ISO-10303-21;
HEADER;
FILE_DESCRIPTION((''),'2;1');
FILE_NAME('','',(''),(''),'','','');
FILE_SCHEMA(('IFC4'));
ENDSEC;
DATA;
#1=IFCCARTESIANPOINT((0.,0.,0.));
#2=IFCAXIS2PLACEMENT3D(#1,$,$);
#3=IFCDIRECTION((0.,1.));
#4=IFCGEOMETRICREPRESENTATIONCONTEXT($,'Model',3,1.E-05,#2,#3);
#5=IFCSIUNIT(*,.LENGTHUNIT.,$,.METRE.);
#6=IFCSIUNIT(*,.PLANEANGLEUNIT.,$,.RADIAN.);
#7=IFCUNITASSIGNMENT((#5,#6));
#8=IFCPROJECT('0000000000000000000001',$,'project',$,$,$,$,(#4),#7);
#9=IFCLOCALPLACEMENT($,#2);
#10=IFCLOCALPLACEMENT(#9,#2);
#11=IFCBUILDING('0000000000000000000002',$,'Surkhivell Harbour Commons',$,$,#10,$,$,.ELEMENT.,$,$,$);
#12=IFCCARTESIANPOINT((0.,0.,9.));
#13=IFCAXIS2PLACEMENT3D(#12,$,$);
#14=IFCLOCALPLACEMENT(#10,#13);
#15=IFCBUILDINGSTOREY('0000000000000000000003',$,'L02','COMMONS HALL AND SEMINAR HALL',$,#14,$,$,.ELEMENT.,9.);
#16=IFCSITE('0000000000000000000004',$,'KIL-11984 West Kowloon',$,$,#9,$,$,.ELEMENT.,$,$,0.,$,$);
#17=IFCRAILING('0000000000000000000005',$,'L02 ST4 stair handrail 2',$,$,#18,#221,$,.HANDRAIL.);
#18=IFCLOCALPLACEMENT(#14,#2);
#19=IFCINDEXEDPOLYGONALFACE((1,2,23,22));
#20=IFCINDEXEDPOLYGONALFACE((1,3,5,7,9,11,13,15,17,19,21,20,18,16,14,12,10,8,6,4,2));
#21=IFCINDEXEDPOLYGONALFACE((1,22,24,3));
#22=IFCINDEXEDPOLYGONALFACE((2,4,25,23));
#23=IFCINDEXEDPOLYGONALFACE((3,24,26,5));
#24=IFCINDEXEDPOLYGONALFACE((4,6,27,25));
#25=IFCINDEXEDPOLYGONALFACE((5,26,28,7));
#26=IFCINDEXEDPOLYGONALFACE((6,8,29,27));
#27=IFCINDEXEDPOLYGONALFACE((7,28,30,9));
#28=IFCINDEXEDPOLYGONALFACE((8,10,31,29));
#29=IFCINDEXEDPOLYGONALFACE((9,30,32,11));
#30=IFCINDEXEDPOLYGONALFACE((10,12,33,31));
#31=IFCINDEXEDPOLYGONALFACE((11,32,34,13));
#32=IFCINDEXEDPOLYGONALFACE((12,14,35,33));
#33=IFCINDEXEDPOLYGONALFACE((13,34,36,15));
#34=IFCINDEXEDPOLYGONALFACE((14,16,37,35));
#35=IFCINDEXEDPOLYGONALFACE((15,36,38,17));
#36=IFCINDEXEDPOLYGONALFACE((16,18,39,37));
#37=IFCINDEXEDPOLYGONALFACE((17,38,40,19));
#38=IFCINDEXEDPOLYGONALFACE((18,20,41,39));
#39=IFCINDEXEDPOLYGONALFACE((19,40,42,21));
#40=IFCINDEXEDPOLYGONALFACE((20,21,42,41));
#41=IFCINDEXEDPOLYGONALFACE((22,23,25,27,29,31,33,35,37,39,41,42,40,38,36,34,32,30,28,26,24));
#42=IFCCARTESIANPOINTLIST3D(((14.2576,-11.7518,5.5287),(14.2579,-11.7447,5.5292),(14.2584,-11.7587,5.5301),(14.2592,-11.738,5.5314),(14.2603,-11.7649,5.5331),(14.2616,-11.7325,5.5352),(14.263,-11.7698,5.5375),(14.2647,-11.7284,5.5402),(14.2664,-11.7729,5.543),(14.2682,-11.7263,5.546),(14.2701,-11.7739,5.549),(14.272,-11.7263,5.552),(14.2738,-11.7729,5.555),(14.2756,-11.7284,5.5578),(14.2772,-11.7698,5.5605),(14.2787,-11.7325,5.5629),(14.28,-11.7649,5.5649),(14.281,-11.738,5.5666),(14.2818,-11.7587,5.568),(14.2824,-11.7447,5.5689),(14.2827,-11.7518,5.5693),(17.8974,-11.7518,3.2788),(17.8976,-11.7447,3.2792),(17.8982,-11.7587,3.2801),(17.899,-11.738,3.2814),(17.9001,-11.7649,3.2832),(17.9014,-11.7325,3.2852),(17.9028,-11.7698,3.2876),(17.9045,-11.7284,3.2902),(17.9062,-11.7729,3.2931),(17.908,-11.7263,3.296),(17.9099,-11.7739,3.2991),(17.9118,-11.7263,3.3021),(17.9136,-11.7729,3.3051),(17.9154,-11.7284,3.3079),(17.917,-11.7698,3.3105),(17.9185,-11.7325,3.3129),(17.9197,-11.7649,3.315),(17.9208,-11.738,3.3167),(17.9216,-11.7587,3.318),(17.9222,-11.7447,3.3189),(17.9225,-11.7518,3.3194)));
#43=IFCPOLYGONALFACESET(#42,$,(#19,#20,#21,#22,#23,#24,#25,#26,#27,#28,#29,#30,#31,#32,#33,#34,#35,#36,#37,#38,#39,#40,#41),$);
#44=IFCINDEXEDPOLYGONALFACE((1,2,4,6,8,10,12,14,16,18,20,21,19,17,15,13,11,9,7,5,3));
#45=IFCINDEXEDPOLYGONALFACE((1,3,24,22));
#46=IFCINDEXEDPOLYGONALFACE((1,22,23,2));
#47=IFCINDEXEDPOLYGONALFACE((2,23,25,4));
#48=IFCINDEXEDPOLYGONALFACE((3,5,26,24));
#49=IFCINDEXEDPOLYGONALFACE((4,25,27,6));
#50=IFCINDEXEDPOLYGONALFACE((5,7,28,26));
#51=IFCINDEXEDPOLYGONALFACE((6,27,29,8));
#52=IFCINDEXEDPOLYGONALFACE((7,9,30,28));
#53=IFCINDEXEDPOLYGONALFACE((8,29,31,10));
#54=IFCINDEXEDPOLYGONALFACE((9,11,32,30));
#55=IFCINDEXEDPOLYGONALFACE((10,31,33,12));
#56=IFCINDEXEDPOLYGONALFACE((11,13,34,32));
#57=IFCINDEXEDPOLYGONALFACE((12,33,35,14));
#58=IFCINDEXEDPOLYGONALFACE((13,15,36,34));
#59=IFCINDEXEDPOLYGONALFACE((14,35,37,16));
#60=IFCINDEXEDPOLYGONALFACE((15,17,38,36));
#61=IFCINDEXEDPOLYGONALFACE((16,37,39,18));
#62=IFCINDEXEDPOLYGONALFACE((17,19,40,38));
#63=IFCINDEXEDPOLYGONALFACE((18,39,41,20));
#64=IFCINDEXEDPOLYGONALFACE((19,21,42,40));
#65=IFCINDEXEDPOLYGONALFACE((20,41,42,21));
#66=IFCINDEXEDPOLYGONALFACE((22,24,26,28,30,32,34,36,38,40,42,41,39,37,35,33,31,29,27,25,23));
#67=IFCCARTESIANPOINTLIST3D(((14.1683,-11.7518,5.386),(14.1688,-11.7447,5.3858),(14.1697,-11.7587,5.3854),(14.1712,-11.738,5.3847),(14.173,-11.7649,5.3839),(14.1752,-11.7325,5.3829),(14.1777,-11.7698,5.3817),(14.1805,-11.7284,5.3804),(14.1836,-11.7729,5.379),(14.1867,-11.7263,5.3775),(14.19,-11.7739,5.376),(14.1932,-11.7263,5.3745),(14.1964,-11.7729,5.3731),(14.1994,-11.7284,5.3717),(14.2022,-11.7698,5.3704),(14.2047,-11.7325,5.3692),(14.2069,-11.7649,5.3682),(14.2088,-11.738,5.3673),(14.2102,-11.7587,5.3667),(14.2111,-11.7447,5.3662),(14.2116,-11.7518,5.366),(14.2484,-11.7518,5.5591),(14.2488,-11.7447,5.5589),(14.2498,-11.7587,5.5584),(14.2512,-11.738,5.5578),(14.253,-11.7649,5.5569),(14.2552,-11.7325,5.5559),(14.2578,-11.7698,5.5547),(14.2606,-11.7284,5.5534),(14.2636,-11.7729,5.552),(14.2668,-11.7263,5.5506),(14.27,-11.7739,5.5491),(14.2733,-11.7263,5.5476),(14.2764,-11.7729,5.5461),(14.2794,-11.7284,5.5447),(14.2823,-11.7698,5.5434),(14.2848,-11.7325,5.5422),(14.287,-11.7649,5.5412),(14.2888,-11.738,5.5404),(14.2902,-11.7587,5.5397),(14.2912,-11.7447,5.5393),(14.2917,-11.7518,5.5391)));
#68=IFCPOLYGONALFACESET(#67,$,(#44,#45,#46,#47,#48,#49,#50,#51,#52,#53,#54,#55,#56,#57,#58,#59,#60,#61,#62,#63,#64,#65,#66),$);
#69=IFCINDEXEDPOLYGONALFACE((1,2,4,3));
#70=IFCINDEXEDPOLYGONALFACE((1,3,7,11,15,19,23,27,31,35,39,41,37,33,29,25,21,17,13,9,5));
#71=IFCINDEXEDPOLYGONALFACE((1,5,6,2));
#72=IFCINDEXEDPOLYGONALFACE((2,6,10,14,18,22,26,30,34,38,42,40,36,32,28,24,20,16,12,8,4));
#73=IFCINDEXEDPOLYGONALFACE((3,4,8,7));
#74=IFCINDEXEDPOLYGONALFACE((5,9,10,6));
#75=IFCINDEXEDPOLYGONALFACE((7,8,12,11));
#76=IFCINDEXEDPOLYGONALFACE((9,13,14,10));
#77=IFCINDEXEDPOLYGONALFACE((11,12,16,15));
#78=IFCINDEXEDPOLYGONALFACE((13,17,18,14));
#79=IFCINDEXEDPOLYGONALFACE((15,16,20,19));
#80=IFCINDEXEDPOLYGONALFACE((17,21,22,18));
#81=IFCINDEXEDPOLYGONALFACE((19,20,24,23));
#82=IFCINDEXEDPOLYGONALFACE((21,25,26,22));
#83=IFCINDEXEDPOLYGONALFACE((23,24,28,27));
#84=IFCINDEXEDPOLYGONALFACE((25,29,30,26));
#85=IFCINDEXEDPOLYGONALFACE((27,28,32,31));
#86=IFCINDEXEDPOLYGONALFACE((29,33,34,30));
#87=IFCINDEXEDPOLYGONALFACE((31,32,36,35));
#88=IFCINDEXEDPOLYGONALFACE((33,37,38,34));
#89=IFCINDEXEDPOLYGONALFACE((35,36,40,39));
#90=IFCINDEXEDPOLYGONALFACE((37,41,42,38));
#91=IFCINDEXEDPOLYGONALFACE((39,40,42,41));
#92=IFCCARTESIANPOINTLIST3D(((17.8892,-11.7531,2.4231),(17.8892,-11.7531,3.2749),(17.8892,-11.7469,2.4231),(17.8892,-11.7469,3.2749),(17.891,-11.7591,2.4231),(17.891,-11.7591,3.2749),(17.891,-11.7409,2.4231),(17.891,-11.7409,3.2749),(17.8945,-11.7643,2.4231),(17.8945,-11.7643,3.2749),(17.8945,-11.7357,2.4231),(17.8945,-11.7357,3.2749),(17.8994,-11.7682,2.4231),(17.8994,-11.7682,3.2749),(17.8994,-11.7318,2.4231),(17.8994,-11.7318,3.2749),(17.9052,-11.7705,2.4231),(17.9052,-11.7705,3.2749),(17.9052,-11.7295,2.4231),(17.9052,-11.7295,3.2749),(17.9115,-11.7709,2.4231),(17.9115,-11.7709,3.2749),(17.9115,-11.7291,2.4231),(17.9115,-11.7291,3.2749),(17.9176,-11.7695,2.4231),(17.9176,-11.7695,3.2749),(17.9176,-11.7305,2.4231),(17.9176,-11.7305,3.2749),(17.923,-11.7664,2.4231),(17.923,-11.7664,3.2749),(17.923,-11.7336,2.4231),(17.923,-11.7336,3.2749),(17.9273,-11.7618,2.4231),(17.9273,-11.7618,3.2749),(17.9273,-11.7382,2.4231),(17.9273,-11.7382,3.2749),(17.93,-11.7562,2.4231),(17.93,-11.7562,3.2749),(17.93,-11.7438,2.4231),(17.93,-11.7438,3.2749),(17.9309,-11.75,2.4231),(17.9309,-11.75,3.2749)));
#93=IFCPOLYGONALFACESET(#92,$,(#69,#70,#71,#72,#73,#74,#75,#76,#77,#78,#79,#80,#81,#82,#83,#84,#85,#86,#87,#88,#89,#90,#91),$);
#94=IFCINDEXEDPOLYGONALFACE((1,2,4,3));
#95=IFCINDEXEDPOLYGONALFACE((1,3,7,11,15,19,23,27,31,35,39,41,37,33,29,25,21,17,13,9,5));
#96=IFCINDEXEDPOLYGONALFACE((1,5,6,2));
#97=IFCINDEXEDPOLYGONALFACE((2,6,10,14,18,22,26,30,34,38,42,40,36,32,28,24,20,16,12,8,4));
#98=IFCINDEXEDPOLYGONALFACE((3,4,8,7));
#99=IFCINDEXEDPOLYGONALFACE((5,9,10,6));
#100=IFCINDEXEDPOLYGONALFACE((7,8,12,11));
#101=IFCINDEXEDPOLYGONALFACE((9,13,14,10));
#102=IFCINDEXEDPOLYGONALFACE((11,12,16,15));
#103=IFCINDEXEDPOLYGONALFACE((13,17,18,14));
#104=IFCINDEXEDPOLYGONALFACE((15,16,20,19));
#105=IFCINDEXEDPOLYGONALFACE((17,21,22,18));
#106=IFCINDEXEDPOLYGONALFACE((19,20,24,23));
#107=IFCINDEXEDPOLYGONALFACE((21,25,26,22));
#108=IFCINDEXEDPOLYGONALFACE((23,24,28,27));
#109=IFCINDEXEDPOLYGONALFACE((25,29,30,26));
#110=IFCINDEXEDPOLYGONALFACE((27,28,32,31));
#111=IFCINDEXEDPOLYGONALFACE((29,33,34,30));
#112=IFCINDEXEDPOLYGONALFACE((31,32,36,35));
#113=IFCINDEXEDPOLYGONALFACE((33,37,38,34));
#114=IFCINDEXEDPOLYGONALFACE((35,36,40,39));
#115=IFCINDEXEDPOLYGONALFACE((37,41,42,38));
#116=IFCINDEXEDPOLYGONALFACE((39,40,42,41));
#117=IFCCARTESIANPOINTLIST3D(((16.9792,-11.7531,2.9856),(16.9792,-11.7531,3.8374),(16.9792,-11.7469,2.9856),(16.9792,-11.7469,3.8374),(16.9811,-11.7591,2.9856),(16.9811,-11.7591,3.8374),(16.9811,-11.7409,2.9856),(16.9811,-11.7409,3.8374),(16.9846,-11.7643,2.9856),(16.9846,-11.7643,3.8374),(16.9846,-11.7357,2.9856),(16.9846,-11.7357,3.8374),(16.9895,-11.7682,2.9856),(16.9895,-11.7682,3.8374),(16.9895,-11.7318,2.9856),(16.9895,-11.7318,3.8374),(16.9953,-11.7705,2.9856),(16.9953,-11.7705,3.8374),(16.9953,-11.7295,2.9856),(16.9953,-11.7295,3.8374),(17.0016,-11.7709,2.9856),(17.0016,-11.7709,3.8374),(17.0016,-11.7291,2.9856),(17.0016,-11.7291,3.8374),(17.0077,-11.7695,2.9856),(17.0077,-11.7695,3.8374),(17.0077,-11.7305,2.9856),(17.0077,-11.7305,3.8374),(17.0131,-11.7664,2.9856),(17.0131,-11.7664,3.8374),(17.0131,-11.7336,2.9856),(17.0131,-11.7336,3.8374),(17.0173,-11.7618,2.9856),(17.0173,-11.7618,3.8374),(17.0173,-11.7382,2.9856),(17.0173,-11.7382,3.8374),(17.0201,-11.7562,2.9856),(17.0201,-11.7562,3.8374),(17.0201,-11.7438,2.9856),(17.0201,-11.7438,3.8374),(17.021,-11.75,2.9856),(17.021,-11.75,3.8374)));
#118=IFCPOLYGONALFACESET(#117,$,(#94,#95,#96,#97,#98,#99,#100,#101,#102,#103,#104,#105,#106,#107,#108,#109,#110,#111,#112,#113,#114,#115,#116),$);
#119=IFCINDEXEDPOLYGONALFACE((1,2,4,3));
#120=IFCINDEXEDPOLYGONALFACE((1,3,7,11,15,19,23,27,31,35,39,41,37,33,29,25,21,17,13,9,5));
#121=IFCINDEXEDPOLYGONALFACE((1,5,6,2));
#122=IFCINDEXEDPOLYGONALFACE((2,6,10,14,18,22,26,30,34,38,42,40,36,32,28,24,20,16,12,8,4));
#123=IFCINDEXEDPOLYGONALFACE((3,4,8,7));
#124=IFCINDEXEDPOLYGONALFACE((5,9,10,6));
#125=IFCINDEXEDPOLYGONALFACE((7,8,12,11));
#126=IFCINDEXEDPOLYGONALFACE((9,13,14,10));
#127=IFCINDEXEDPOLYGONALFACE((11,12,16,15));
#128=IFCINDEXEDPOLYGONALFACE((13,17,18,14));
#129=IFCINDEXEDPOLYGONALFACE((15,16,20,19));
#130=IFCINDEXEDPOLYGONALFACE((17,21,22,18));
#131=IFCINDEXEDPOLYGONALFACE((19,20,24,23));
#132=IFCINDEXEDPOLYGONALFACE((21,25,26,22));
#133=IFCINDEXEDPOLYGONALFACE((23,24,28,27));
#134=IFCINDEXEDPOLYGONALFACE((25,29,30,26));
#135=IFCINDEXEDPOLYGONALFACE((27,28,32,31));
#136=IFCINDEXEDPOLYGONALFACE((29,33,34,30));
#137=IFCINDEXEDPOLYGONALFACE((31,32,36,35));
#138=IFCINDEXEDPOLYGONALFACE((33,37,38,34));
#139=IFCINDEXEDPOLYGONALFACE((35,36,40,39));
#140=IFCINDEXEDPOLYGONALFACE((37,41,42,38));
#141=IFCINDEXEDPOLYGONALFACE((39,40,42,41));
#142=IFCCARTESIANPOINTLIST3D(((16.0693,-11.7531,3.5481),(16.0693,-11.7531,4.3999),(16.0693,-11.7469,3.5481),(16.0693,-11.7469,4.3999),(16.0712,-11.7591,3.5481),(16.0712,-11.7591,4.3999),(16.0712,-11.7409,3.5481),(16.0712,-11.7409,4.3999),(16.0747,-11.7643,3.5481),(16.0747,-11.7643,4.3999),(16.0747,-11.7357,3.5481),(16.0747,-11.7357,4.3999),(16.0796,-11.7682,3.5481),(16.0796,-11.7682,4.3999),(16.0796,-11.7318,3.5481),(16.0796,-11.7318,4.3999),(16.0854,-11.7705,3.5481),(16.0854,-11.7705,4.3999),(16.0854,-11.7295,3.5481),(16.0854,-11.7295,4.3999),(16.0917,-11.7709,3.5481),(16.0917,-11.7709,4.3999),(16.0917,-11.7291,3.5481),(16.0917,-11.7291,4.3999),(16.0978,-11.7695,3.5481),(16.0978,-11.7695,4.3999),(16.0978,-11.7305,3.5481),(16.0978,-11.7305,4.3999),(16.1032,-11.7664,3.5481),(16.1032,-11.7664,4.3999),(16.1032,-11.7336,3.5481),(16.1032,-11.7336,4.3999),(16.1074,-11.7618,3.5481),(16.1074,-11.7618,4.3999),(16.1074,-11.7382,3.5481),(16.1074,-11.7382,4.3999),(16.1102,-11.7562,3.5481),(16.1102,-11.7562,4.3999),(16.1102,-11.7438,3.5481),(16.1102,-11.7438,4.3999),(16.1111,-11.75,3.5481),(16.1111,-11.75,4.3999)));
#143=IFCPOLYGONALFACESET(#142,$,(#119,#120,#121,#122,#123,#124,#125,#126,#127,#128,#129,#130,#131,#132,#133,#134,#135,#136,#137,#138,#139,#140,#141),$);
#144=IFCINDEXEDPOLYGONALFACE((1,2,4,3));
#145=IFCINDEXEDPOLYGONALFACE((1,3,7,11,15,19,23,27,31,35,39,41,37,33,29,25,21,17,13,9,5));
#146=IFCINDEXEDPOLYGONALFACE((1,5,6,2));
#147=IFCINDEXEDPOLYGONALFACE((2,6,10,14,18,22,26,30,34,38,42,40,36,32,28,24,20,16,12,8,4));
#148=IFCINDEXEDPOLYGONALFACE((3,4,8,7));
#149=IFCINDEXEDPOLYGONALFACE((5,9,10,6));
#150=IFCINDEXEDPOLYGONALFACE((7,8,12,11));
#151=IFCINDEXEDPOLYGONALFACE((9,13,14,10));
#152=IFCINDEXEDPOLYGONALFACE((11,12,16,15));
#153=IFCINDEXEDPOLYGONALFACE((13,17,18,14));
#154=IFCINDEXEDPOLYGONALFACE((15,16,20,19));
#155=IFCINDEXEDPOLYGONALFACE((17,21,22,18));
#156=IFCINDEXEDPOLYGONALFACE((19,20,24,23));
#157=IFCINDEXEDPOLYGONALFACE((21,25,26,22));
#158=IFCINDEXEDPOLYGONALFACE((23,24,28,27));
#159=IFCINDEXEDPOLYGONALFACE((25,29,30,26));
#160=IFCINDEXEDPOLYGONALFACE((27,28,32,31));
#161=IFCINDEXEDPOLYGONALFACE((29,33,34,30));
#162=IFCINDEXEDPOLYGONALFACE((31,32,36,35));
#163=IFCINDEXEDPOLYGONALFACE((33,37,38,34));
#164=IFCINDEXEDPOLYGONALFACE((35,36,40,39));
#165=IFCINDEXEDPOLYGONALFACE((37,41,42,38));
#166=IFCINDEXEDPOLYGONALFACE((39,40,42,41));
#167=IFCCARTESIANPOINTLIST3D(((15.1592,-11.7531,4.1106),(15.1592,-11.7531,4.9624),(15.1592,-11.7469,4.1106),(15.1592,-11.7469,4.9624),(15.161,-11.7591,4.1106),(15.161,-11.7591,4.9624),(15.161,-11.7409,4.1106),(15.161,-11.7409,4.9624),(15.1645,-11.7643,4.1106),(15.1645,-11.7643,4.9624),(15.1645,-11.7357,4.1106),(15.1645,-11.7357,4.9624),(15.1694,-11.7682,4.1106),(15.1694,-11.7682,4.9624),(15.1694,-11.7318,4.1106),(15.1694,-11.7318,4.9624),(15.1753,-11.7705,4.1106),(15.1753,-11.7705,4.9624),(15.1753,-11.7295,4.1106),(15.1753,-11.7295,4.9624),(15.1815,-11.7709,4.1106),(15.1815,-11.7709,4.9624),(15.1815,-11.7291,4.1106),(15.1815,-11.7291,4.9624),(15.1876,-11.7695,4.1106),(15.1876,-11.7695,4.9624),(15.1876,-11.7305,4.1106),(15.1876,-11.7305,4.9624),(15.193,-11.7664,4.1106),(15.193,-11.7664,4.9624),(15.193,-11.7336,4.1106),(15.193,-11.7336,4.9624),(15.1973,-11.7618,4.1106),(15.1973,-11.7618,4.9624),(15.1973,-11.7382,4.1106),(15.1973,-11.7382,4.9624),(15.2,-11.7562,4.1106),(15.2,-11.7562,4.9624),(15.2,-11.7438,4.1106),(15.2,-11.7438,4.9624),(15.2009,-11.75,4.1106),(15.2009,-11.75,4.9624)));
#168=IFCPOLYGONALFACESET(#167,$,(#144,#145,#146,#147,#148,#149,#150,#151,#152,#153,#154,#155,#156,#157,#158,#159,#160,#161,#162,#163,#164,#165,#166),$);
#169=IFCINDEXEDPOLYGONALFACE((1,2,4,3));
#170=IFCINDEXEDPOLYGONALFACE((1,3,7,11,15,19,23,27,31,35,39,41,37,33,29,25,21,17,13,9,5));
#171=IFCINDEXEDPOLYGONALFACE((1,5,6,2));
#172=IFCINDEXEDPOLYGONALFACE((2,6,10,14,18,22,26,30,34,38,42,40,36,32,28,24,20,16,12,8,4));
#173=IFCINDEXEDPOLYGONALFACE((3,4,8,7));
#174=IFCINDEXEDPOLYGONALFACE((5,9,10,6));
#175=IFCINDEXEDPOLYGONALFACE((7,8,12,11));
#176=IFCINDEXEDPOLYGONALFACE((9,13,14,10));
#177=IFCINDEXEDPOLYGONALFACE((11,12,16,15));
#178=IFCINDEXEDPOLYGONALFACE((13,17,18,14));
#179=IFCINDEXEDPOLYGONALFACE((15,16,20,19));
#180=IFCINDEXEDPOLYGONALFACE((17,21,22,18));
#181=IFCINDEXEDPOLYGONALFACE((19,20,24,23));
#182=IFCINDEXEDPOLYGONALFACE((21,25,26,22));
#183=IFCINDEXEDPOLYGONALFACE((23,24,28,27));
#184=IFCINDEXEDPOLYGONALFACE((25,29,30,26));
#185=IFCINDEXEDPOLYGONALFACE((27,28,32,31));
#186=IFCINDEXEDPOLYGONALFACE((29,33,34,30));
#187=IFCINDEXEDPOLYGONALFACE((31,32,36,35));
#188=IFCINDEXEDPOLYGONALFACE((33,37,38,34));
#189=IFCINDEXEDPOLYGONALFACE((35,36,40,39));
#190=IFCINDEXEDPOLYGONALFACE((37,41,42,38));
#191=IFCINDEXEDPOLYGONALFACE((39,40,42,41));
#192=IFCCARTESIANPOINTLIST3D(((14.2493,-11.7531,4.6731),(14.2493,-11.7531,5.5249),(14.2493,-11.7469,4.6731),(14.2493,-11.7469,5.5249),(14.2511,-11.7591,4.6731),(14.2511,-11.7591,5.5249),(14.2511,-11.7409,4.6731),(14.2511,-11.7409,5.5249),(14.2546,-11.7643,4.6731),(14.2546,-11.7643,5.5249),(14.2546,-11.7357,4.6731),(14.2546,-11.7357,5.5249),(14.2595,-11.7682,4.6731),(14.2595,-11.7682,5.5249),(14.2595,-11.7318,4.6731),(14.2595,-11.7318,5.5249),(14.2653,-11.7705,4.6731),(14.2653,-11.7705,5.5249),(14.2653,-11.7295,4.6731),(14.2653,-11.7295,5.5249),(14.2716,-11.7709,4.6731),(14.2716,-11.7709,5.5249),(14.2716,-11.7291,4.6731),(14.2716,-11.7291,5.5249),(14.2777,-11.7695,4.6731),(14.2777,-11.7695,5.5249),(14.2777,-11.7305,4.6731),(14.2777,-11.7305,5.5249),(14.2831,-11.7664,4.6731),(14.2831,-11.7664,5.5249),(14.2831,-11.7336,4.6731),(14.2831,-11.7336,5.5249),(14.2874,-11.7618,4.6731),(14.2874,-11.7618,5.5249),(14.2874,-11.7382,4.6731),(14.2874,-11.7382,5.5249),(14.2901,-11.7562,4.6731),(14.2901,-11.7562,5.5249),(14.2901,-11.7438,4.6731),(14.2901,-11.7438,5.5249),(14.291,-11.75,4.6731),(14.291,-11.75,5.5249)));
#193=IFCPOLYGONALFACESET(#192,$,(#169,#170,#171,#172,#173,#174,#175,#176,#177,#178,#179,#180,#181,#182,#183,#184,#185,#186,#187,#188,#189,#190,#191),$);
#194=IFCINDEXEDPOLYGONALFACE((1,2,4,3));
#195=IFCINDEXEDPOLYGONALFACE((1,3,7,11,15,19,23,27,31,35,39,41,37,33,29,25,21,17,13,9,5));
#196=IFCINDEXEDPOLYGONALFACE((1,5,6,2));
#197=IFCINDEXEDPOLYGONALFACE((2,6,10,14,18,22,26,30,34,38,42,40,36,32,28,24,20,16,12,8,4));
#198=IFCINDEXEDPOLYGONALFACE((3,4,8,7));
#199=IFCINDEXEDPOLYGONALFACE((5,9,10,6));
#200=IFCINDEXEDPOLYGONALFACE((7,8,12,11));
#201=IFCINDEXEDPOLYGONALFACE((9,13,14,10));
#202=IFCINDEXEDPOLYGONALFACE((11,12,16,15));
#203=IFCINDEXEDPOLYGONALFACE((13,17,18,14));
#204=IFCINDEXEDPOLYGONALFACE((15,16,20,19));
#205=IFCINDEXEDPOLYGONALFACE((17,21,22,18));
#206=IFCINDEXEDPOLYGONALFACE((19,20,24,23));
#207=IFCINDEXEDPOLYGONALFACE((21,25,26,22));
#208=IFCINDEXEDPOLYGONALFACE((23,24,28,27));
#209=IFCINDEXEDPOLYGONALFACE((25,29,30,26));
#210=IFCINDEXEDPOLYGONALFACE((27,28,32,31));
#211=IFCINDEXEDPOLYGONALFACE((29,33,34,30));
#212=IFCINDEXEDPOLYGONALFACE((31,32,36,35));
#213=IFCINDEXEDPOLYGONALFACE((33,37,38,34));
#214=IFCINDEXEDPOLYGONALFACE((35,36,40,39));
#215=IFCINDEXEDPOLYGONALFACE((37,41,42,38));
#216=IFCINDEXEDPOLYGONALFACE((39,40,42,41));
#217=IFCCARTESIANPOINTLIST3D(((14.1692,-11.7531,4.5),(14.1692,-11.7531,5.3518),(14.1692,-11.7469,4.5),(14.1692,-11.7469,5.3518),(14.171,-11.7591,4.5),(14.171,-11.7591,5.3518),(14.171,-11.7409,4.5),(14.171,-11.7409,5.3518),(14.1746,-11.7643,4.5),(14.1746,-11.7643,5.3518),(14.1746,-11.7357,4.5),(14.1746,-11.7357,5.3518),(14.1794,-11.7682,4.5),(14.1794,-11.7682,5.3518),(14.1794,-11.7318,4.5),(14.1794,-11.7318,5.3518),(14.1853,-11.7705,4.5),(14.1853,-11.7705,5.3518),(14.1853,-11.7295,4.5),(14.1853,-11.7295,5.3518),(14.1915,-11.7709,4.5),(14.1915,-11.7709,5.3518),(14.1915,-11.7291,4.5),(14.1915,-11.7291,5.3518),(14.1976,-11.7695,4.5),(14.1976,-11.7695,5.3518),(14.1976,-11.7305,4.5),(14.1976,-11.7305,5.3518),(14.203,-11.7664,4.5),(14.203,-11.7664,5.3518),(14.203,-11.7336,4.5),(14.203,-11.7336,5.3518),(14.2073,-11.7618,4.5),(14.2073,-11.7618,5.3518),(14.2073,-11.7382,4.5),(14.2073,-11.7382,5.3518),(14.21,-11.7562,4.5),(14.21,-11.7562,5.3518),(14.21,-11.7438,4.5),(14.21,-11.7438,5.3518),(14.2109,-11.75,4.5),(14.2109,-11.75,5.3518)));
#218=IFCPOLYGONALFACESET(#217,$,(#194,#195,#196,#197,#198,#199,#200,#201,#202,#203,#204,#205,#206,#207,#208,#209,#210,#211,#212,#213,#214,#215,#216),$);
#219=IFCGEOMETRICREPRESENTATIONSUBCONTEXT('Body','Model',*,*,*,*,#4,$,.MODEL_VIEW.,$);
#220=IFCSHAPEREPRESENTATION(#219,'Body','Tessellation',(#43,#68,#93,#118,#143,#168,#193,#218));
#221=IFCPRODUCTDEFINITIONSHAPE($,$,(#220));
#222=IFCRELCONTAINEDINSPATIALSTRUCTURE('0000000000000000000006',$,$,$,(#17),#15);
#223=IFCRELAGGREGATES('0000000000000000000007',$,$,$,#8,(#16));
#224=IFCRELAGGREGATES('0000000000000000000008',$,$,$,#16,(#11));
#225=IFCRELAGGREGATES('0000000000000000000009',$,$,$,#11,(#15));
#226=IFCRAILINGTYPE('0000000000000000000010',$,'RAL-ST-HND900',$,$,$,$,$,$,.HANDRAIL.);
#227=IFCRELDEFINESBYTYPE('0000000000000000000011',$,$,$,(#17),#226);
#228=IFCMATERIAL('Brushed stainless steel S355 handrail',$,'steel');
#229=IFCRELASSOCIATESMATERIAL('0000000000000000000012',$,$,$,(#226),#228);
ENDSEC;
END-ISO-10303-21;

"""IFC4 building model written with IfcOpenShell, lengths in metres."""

from ifc_helpers import new_model, si_unit, direction, frame, origin, origin_2d, place, context, subcontext, project, spatial, circle, extrude, material, type_object, element, save


model = new_model("IFC4")

# Units and contexts
model_context = context("Model", 3, precision=1e-05, world=origin(), true_north=direction((0.0, 1.0)))
body_context = subcontext(model_context, "Body", "Model", "MODEL_VIEW")
ifc_project = project(units=[si_unit("LENGTHUNIT", "METRE"), si_unit("PLANEANGLEUNIT", "RADIAN")], contexts=[model_context])

# Site, building, storey
site_placement = place(None, origin())
site = spatial("IfcSite", under=ifc_project, at=site_placement, Name="KIL-11984 West Kowloon", CompositionType="ELEMENT", RefElevation=0.0)
building_placement = place(site_placement, origin())
building = spatial("IfcBuilding", under=site, at=building_placement, Name="Surkhivell Harbour Commons", CompositionType="ELEMENT")
storey_placement = place(building_placement, frame((0.0, 0.0, 9.0)))
storey = spatial("IfcBuildingStorey", under=building, at=storey_placement, Name="L02", Description="COMMONS HALL AND SEMINAR HALL", CompositionType="ELEMENT", Elevation=9.0)

# Railing
ifc_material_1 = material(Name="Brushed stainless steel S355 handrail", Category="steel")
railing_type_1 = type_object("IfcRailingType", Name="RAL-ST-HND900", PredefinedType="HANDRAIL", material=ifc_material_1)
railing_1_placement = place(storey_placement, frame((17.9099, -11.75, 2.4231)))
element("IfcRailing", 1, at=railing_1_placement, inside=storey, type_object=railing_type_1, Name="L02 ST4 stair handrail 2", PredefinedType="HANDRAIL", context=body_context, shape_type="SweptSolid", body=[
    extrude(circle(Radius=0.0239, at=origin_2d()), frame((0.0, 0.0, 0.876), z_axis=(-0.850607, 0.0, 0.525803), x_axis=(0.0, -1.0, 0.0)), (0.0, 0.0, 1.0), 4.2791),
    extrude(circle(Radius=0.0239, at=origin_2d()), frame((-3.6399, 0.0, 3.126), z_axis=(-0.41987, 0.0, -0.907584), x_axis=(0.0, -1.0, 0.0)), (0.0, 0.0, 1.0), 0.1907),
    extrude(circle(Radius=0.021, at=origin_2d()), origin(), (0.0, 0.0, 1.0), 0.8518),
    extrude(circle(Radius=0.021, at=origin_2d()), frame((-0.9099, 0.0, 0.5625)), (0.0, 0.0, 1.0), 0.8518),
    extrude(circle(Radius=0.021, at=origin_2d()), frame((-1.8198, 0.0, 1.125)), (0.0, 0.0, 1.0), 0.8518),
    extrude(circle(Radius=0.021, at=origin_2d()), frame((-2.73, 0.0, 1.6875)), (0.0, 0.0, 1.0), 0.8518),
    extrude(circle(Radius=0.021, at=origin_2d()), frame((-3.6399, 0.0, 2.25)), (0.0, 0.0, 1.0), 0.8518),
    extrude(circle(Radius=0.021, at=origin_2d()), frame((-3.72, 0.0, 2.0769)), (0.0, 0.0, 1.0), 0.8518),
])

save(model, "model.ifc")
